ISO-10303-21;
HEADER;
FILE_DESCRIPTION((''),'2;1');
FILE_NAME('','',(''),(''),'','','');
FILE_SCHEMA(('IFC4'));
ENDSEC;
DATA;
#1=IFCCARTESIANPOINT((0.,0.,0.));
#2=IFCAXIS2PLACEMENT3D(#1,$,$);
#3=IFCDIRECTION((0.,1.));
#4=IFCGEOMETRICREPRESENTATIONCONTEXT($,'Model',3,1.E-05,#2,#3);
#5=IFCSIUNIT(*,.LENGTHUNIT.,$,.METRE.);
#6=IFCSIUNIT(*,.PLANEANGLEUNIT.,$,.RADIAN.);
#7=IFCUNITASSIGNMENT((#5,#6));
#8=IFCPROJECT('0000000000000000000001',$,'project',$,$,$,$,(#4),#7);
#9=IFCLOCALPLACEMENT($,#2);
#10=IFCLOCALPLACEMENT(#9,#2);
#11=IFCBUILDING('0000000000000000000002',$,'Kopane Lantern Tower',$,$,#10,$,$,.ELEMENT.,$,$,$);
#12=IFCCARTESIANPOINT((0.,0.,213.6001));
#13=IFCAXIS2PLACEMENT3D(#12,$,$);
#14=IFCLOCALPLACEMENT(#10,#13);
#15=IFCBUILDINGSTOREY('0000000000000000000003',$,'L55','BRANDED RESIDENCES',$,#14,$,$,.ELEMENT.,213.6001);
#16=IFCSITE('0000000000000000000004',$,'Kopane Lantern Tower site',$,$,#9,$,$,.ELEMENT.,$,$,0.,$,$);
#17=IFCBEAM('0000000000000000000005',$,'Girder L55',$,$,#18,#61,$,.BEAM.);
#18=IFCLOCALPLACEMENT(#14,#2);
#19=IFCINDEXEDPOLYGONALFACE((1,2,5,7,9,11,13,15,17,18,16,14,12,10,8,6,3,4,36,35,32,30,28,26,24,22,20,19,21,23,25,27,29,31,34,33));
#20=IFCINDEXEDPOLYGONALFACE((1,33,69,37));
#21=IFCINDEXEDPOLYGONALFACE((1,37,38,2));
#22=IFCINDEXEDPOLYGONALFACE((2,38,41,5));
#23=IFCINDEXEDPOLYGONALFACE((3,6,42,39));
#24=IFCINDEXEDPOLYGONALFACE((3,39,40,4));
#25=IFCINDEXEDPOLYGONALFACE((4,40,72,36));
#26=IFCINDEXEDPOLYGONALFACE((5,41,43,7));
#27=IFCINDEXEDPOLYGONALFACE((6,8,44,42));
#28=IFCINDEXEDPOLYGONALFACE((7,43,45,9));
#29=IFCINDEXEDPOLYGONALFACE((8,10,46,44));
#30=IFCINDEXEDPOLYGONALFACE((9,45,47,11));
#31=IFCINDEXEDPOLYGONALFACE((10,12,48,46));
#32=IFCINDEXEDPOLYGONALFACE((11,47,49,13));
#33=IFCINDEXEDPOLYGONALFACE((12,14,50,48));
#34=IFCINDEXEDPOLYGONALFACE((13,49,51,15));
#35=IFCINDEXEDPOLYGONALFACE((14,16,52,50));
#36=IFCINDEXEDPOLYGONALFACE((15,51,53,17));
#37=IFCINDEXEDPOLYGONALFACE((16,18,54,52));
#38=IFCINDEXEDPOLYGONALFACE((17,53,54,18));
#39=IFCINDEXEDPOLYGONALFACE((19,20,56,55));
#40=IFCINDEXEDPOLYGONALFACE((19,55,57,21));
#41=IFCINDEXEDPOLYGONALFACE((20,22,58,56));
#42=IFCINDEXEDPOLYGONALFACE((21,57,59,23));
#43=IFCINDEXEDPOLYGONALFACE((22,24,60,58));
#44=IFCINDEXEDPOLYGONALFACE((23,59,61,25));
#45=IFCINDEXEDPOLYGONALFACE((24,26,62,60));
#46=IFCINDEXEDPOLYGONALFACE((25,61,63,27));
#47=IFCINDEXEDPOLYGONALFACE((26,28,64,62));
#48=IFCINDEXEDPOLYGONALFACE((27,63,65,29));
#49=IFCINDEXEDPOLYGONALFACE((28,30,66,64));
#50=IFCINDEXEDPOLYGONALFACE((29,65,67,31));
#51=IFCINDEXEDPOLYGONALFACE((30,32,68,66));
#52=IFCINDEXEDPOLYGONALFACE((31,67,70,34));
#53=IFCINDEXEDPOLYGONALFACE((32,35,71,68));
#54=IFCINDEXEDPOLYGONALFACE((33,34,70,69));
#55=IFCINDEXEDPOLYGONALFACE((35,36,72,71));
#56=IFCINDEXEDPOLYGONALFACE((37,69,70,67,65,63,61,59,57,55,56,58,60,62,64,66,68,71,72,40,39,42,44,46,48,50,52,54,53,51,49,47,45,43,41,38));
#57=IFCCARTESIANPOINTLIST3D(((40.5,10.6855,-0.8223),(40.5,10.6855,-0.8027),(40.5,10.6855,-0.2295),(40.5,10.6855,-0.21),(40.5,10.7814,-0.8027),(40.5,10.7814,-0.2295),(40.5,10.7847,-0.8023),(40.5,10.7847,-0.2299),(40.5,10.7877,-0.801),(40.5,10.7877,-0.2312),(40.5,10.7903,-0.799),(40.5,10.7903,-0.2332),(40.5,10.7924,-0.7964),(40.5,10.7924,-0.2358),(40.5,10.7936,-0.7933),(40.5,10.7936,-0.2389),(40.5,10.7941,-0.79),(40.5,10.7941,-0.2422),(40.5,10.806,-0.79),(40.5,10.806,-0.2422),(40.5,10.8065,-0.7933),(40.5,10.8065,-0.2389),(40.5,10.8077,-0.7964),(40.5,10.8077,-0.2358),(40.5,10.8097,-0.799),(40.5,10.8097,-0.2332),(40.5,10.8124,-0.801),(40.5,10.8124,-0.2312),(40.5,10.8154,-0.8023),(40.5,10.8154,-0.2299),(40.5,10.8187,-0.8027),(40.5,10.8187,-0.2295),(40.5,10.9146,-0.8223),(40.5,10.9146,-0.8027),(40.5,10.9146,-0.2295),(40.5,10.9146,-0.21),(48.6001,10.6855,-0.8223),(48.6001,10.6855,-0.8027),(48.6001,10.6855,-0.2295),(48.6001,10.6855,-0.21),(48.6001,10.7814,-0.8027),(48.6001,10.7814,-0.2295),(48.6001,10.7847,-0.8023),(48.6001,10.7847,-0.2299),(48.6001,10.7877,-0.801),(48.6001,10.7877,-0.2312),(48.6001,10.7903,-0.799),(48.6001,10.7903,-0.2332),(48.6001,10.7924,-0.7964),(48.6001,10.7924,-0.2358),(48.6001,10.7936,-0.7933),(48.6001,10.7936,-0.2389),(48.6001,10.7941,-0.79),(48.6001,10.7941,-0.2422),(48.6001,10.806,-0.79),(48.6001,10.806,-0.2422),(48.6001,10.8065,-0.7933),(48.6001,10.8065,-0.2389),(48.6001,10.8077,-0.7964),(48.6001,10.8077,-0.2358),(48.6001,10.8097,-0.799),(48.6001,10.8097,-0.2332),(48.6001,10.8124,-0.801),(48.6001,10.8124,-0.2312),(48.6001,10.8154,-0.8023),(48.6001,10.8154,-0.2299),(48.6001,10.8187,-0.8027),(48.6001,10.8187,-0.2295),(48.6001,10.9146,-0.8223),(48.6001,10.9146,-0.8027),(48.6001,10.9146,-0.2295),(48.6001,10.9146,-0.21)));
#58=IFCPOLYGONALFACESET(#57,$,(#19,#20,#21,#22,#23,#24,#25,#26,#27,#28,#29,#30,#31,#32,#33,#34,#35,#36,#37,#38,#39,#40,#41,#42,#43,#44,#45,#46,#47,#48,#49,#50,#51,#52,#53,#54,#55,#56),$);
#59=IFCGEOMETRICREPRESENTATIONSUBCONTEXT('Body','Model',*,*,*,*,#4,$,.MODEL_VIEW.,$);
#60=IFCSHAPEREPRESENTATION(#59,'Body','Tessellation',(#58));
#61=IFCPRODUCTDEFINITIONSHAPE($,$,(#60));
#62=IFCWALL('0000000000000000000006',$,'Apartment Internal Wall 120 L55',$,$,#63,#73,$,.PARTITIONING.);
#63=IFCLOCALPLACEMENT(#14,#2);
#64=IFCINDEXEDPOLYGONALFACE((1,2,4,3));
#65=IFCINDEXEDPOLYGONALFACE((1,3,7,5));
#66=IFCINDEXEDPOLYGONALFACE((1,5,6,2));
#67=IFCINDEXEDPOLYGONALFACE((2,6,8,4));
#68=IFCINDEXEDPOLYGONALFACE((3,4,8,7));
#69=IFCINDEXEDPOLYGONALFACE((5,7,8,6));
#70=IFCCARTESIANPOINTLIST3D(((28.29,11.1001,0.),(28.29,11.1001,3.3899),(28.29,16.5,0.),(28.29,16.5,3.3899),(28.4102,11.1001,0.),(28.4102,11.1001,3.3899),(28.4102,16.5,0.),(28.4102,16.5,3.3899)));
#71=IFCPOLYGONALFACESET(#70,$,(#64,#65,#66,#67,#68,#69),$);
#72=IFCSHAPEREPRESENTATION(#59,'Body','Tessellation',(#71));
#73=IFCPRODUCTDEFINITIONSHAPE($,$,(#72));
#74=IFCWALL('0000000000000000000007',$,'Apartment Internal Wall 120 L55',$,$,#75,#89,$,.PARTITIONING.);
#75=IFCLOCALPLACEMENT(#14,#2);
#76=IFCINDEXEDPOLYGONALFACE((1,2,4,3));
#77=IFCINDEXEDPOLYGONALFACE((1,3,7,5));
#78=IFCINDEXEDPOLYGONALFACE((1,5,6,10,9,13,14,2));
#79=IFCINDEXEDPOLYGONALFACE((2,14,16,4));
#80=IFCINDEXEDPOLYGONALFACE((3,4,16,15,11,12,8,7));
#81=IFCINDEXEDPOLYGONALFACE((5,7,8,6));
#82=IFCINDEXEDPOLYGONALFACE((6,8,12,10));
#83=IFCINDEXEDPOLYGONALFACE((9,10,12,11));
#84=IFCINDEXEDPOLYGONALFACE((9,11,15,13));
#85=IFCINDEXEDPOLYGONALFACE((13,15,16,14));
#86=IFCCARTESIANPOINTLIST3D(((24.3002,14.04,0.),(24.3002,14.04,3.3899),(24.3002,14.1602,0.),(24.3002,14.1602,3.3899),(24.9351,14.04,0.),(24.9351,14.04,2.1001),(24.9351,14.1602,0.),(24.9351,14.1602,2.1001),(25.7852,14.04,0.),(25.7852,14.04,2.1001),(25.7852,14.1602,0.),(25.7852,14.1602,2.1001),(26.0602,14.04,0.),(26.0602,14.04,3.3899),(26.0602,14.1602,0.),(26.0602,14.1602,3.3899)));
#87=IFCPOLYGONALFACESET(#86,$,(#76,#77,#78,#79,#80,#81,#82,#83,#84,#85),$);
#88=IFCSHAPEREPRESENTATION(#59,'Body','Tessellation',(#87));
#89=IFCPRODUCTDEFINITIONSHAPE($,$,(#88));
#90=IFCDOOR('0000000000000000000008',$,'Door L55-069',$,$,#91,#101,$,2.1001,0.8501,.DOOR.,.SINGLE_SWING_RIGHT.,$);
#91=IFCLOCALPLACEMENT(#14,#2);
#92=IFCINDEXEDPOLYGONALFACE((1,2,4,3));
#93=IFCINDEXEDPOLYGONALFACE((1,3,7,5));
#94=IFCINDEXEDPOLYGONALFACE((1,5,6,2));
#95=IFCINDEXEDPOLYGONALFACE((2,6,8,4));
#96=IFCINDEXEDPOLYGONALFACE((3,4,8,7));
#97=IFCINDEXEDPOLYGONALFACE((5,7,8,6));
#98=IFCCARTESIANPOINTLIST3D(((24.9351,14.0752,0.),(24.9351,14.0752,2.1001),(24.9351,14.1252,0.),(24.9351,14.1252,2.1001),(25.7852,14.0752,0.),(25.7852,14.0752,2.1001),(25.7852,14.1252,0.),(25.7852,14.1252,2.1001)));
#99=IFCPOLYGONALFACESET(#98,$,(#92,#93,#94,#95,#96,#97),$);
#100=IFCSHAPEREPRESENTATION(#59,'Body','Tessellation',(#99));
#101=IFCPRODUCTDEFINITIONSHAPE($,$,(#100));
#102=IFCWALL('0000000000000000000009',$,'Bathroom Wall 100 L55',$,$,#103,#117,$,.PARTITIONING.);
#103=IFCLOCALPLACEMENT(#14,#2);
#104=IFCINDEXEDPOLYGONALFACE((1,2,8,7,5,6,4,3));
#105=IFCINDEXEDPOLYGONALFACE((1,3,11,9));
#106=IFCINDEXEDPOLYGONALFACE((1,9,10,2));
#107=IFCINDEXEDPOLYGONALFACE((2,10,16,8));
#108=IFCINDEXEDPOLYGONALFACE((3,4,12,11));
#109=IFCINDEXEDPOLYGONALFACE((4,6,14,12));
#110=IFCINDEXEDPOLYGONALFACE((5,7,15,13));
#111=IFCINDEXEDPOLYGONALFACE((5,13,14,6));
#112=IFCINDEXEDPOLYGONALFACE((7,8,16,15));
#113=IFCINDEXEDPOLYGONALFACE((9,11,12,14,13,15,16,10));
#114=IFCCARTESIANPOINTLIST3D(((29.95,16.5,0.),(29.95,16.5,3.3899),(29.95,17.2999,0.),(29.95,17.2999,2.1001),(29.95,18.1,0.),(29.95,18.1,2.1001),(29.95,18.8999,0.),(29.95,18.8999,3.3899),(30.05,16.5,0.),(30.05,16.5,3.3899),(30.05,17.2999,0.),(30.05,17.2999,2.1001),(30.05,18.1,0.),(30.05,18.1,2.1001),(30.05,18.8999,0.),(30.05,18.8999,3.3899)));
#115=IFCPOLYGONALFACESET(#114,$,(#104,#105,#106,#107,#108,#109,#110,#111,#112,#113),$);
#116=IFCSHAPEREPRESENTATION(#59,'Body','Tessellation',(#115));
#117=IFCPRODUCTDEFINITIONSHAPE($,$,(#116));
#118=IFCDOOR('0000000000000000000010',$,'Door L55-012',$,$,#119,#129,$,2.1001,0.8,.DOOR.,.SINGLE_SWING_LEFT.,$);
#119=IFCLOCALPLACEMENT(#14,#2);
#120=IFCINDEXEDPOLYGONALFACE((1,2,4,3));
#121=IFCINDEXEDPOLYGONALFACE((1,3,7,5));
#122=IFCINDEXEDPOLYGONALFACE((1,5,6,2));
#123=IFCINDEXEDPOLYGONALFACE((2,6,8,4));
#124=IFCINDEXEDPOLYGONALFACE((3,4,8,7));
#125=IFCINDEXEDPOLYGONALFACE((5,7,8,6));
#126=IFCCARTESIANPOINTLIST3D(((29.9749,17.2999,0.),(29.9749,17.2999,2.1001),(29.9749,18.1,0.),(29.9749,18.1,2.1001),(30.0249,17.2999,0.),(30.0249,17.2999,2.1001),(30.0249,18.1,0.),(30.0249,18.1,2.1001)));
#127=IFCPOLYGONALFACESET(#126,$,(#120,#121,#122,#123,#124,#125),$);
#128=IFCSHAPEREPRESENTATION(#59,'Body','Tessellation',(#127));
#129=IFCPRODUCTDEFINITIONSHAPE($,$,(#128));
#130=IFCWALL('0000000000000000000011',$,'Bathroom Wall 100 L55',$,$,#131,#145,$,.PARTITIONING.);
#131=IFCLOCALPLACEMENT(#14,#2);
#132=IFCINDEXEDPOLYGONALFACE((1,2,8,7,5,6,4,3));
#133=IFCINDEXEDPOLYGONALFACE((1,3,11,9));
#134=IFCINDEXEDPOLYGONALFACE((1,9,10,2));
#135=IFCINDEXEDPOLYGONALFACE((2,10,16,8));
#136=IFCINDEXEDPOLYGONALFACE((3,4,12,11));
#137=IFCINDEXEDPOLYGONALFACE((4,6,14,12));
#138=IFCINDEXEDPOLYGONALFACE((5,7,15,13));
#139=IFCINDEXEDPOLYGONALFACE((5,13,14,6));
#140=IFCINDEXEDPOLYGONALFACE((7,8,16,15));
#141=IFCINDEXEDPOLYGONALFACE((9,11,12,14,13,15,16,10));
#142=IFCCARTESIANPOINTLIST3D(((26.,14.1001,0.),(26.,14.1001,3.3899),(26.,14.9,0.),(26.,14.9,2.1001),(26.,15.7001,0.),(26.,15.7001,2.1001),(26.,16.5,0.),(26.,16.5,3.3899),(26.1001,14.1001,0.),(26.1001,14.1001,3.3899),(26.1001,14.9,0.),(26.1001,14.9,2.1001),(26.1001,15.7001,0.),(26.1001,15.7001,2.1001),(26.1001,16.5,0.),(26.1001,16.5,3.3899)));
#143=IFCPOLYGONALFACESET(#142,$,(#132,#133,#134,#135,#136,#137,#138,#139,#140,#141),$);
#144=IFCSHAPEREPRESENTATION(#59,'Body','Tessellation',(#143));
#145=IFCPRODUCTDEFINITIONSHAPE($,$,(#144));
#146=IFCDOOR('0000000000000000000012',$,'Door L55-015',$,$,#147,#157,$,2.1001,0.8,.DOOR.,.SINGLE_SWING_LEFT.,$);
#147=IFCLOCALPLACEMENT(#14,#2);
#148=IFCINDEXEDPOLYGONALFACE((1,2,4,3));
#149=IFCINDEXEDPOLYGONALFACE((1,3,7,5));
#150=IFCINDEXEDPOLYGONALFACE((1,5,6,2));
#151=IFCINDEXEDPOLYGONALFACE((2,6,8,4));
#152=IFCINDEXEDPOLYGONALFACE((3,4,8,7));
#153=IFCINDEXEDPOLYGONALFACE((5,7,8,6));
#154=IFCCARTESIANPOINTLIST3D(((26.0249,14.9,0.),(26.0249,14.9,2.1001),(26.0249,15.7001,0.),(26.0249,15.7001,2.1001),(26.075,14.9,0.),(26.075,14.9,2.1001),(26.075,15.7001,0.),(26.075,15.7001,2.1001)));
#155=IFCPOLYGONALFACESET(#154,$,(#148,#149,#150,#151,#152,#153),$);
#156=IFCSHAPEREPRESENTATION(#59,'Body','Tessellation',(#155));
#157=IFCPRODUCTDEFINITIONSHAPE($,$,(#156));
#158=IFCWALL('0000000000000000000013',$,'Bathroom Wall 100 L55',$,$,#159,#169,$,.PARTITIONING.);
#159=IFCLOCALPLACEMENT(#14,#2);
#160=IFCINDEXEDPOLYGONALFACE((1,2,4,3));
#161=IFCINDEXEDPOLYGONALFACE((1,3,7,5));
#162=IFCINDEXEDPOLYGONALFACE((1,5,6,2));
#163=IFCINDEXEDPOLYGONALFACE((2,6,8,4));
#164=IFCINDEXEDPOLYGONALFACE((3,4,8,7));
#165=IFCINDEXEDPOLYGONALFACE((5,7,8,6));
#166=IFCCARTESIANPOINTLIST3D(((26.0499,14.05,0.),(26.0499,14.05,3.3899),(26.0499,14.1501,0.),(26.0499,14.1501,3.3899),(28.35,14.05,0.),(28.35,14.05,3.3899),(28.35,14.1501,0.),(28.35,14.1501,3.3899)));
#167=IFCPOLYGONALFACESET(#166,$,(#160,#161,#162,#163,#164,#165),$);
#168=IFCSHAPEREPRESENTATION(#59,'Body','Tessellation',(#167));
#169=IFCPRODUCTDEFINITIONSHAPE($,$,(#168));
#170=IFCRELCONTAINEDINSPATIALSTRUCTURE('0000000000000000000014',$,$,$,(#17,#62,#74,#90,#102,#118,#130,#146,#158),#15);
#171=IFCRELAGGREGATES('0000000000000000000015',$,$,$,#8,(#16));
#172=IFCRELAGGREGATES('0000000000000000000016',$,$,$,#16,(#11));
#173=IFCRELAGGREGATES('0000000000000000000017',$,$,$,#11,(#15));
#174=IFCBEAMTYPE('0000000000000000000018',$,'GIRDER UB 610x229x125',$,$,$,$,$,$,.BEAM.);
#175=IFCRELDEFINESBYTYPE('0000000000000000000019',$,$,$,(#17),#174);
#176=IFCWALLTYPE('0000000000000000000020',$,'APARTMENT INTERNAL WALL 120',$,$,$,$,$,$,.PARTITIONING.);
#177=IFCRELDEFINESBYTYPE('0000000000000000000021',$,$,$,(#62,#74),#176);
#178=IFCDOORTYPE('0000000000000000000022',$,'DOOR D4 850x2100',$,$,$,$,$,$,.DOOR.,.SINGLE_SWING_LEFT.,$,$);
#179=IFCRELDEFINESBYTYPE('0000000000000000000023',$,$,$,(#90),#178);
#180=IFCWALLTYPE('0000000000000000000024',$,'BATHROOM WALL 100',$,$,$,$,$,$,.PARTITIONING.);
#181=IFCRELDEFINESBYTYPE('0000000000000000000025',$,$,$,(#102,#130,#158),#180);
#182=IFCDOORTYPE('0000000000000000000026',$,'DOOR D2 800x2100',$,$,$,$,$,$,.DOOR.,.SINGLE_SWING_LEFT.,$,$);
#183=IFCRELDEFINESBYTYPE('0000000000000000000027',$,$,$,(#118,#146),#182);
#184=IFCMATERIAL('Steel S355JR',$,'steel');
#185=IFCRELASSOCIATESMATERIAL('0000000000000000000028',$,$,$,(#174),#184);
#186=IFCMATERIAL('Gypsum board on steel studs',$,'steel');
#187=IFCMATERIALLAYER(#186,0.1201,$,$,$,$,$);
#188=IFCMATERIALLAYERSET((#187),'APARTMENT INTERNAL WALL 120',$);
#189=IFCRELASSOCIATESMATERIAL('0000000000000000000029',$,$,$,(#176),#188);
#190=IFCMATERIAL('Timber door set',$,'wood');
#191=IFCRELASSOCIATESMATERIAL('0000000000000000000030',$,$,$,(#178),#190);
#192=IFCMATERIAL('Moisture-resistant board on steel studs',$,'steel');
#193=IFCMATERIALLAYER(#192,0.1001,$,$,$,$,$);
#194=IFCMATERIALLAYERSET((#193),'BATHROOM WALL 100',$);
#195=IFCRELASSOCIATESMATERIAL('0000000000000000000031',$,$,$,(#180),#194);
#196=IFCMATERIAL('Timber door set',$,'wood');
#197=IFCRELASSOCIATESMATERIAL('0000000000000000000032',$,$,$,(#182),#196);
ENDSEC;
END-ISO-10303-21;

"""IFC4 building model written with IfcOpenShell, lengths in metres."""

from ifc_helpers import new_model, si_unit, direction, frame, frame_2d, origin, origin_2d, place, context, subcontext, project, spatial, rectangle, i_section, extrude, material, layer, layer_set, material_profile, profile_set, type_object, element, fill, save


model = new_model("IFC4")

# Units and contexts
model_context = context("Model", 3, precision=1e-05, world=origin(), true_north=direction((0.0, 1.0)))
body_context = subcontext(model_context, "Body", "Model", "MODEL_VIEW")
ifc_project = project(units=[si_unit("LENGTHUNIT", "METRE"), si_unit("PLANEANGLEUNIT", "RADIAN")], contexts=[model_context])

# Site, building, storey
site_placement = place(None, origin())
site = spatial("IfcSite", under=ifc_project, at=site_placement, Name="Kopane Lantern Tower site", CompositionType="ELEMENT", RefElevation=0.0)
building_placement = place(site_placement, origin())
building = spatial("IfcBuilding", under=site, at=building_placement, Name="Kopane Lantern Tower", CompositionType="ELEMENT")
storey_placement = place(building_placement, frame((0.0, 0.0, 213.6001)))
storey = spatial("IfcBuildingStorey", under=building, at=storey_placement, Name="L55", Description="BRANDED RESIDENCES", CompositionType="ELEMENT", Elevation=213.6001)

# Beam
ifc_material_1 = material(Name="Steel S355JR", Category="steel")
ifc_material_profile_1 = material_profile(ifc_material_1, i_section(OverallWidth=0.229, OverallDepth=0.6123, WebThickness=0.012, FlangeThickness=0.0195, FilletRadius=0.0127, at=origin_2d()), Name="UB 610x229x125")
ifc_profile_set_1 = profile_set([ifc_material_profile_1], Name="Steel S355JR")
beam_type = type_object("IfcBeamType", Name="GIRDER UB 610x229x125", PredefinedType="BEAM", material=ifc_profile_set_1)
beam_1_placement = place(storey_placement, frame((40.5, 10.8, -0.5161), z_axis=(1.0, 0.0, 0.0), x_axis=(0.0, 1.0, 0.0)))
element("IfcBeam", 1, at=beam_1_placement, inside=storey, type_object=beam_type, Name="Girder L55", PredefinedType="BEAM", context=body_context, shape_type="SweptSolid", body=[
    extrude(i_section(OverallWidth=0.229, OverallDepth=0.6123, WebThickness=0.012, FlangeThickness=0.0195, FilletRadius=0.0127, at=origin_2d()), origin(), (0.0, 0.0, 1.0), 8.1001),
])

# Wall
ifc_material_2 = material(Name="Gypsum board on steel studs", Category="steel")
ifc_layer_1 = layer(ifc_material_2, 0.1201)
ifc_layer_set_1 = layer_set([ifc_layer_1], Name="APARTMENT INTERNAL WALL 120")
wall_type_1 = type_object("IfcWallType", Name="APARTMENT INTERNAL WALL 120", PredefinedType="PARTITIONING", material=ifc_layer_set_1)
wall_1_placement = place(storey_placement, frame((28.3501, 16.5, 0.0), z_axis=(0.0, 0.0, 1.0), x_axis=(0.0, -1.0, 0.0)))
element("IfcWall", 2, at=wall_1_placement, inside=storey, type_object=wall_type_1, Name="Apartment Internal Wall 120 L55", PredefinedType="PARTITIONING", context=body_context, shape_type="SweptSolid", body=[
    extrude(rectangle(XDim=5.3999, YDim=0.1201, at=frame_2d((2.7, 0.0))), origin(), (0.0, 0.0, 1.0), 3.3899),
])

# Walls, openings, doors
wall_2_placement = place(storey_placement, frame((26.0601, 14.1001, 0.0), z_axis=(0.0, 0.0, 1.0), x_axis=(-1.0, 0.0, 0.0)))
wall_2 = element("IfcWall", 3, at=wall_2_placement, inside=storey, type_object=wall_type_1, Name="Apartment Internal Wall 120 L55", PredefinedType="PARTITIONING", context=body_context, shape_type="SweptSolid", body=[
    extrude(rectangle(XDim=1.76, YDim=0.1201, at=frame_2d((0.8799, 0.0))), origin(), (0.0, 0.0, 1.0), 3.3899),
])
opening_1_placement = place(wall_2_placement, frame((0.2749, 0.0, 0.0)))
opening_1 = element("IfcOpeningElement", 4, at=opening_1_placement, cuts=wall_2, PredefinedType="OPENING", context=body_context, shape_type="SweptSolid", body=[
    extrude(rectangle(XDim=0.8501, YDim=2.1001, at=frame_2d((0.425, 1.05))), frame((0.0, 0.0701, 0.0), z_axis=(0.0, -1.0, 0.0), x_axis=(1.0, 0.0, 0.0)), (0.0, 0.0, 1.0), 0.1401),
])
ifc_material_3 = material(Name="Timber door set", Category="wood")
door_type_1 = type_object("IfcDoorType", Name="DOOR D4 850x2100", OperationType="SINGLE_SWING_LEFT", PredefinedType="DOOR", material=ifc_material_3)
door_1_placement = place(opening_1_placement, origin())
door_1 = element("IfcDoor", 5, at=door_1_placement, inside=storey, type_object=door_type_1, Name="Door L55-069", OperationType="SINGLE_SWING_RIGHT", OverallHeight=2.1001, OverallWidth=0.8501, PredefinedType="DOOR", context=body_context, shape_type="SweptSolid", body=[
    extrude(rectangle(XDim=0.8501, YDim=2.1001, at=frame_2d((0.425, 1.05))), frame((0.0, 0.0249, 0.0), z_axis=(0.0, -1.0, 0.0), x_axis=(1.0, 0.0, 0.0)), (0.0, 0.0, 1.0), 0.05),
])
fill(opening_1, door_1)
ifc_material_4 = material(Name="Moisture-resistant board on steel studs", Category="steel")
ifc_layer_2 = layer(ifc_material_4, 0.1001)
ifc_layer_set_2 = layer_set([ifc_layer_2], Name="BATHROOM WALL 100")
wall_type_2 = type_object("IfcWallType", Name="BATHROOM WALL 100", PredefinedType="PARTITIONING", material=ifc_layer_set_2)
wall_3_placement = place(storey_placement, frame((30.0, 18.8999, 0.0), z_axis=(0.0, 0.0, 1.0), x_axis=(0.0, -1.0, 0.0)))
wall_3 = element("IfcWall", 6, at=wall_3_placement, inside=storey, type_object=wall_type_2, Name="Bathroom Wall 100 L55", PredefinedType="PARTITIONING", context=body_context, shape_type="SweptSolid", body=[
    extrude(rectangle(XDim=2.3999, YDim=0.1001, at=frame_2d((1.2, 0.0))), origin(), (0.0, 0.0, 1.0), 3.3899),
])
opening_2_placement = place(wall_3_placement, frame((0.8, 0.0, 0.0)))
opening_2 = element("IfcOpeningElement", 7, at=opening_2_placement, cuts=wall_3, PredefinedType="OPENING", context=body_context, shape_type="SweptSolid", body=[
    extrude(rectangle(XDim=0.8, YDim=2.1001, at=frame_2d((0.3999, 1.05))), frame((0.0, 0.0601, 0.0), z_axis=(0.0, -1.0, 0.0), x_axis=(1.0, 0.0, 0.0)), (0.0, 0.0, 1.0), 0.1201),
])
ifc_material_5 = material(Name="Timber door set", Category="wood")
door_type_2 = type_object("IfcDoorType", Name="DOOR D2 800x2100", OperationType="SINGLE_SWING_LEFT", PredefinedType="DOOR", material=ifc_material_5)
door_2_placement = place(opening_2_placement, origin())
door_2 = element("IfcDoor", 8, at=door_2_placement, inside=storey, type_object=door_type_2, Name="Door L55-012", OperationType="SINGLE_SWING_LEFT", OverallHeight=2.1001, OverallWidth=0.8, PredefinedType="DOOR", context=body_context, shape_type="SweptSolid", body=[
    extrude(rectangle(XDim=0.8, YDim=2.1001, at=frame_2d((0.3999, 1.05))), frame((0.0, 0.0249, 0.0), z_axis=(0.0, -1.0, 0.0), x_axis=(1.0, 0.0, 0.0)), (0.0, 0.0, 1.0), 0.05),
])
fill(opening_2, door_2)
wall_4_placement = place(storey_placement, frame((26.05, 16.5, 0.0), z_axis=(0.0, 0.0, 1.0), x_axis=(0.0, -1.0, 0.0)))
wall_4 = element("IfcWall", 9, at=wall_4_placement, inside=storey, type_object=wall_type_2, Name="Bathroom Wall 100 L55", PredefinedType="PARTITIONING", context=body_context, shape_type="SweptSolid", body=[
    extrude(rectangle(XDim=2.3999, YDim=0.1001, at=frame_2d((1.2, 0.0))), origin(), (0.0, 0.0, 1.0), 3.3899),
])
opening_3_placement = place(wall_4_placement, frame((0.8, 0.0, 0.0)))
opening_3 = element("IfcOpeningElement", 10, at=opening_3_placement, cuts=wall_4, PredefinedType="OPENING", context=body_context, shape_type="SweptSolid", body=[
    extrude(rectangle(XDim=0.8, YDim=2.1001, at=frame_2d((0.3999, 1.05))), frame((0.0, 0.0601, 0.0), z_axis=(0.0, -1.0, 0.0), x_axis=(1.0, 0.0, 0.0)), (0.0, 0.0, 1.0), 0.1201),
])
door_3_placement = place(opening_3_placement, origin())
door_3 = element("IfcDoor", 11, at=door_3_placement, inside=storey, type_object=door_type_2, Name="Door L55-015", OperationType="SINGLE_SWING_LEFT", OverallHeight=2.1001, OverallWidth=0.8, PredefinedType="DOOR", context=body_context, shape_type="SweptSolid", body=[
    extrude(rectangle(XDim=0.8, YDim=2.1001, at=frame_2d((0.3999, 1.05))), frame((0.0, 0.0249, 0.0), z_axis=(0.0, -1.0, 0.0), x_axis=(1.0, 0.0, 0.0)), (0.0, 0.0, 1.0), 0.05),
])
fill(opening_3, door_3)

# Wall
wall_5_placement = place(storey_placement, frame((26.05, 14.1001, 0.0), z_axis=(0.0, 0.0, 1.0), x_axis=(1.0, 0.0, 0.0)))
element("IfcWall", 12, at=wall_5_placement, inside=storey, type_object=wall_type_2, Name="Bathroom Wall 100 L55", PredefinedType="PARTITIONING", context=body_context, shape_type="SweptSolid", body=[
    extrude(rectangle(XDim=2.3, YDim=0.1001, at=frame_2d((1.1499, 0.0))), origin(), (0.0, 0.0, 1.0), 3.3899),
])

save(model, "model.ifc")
